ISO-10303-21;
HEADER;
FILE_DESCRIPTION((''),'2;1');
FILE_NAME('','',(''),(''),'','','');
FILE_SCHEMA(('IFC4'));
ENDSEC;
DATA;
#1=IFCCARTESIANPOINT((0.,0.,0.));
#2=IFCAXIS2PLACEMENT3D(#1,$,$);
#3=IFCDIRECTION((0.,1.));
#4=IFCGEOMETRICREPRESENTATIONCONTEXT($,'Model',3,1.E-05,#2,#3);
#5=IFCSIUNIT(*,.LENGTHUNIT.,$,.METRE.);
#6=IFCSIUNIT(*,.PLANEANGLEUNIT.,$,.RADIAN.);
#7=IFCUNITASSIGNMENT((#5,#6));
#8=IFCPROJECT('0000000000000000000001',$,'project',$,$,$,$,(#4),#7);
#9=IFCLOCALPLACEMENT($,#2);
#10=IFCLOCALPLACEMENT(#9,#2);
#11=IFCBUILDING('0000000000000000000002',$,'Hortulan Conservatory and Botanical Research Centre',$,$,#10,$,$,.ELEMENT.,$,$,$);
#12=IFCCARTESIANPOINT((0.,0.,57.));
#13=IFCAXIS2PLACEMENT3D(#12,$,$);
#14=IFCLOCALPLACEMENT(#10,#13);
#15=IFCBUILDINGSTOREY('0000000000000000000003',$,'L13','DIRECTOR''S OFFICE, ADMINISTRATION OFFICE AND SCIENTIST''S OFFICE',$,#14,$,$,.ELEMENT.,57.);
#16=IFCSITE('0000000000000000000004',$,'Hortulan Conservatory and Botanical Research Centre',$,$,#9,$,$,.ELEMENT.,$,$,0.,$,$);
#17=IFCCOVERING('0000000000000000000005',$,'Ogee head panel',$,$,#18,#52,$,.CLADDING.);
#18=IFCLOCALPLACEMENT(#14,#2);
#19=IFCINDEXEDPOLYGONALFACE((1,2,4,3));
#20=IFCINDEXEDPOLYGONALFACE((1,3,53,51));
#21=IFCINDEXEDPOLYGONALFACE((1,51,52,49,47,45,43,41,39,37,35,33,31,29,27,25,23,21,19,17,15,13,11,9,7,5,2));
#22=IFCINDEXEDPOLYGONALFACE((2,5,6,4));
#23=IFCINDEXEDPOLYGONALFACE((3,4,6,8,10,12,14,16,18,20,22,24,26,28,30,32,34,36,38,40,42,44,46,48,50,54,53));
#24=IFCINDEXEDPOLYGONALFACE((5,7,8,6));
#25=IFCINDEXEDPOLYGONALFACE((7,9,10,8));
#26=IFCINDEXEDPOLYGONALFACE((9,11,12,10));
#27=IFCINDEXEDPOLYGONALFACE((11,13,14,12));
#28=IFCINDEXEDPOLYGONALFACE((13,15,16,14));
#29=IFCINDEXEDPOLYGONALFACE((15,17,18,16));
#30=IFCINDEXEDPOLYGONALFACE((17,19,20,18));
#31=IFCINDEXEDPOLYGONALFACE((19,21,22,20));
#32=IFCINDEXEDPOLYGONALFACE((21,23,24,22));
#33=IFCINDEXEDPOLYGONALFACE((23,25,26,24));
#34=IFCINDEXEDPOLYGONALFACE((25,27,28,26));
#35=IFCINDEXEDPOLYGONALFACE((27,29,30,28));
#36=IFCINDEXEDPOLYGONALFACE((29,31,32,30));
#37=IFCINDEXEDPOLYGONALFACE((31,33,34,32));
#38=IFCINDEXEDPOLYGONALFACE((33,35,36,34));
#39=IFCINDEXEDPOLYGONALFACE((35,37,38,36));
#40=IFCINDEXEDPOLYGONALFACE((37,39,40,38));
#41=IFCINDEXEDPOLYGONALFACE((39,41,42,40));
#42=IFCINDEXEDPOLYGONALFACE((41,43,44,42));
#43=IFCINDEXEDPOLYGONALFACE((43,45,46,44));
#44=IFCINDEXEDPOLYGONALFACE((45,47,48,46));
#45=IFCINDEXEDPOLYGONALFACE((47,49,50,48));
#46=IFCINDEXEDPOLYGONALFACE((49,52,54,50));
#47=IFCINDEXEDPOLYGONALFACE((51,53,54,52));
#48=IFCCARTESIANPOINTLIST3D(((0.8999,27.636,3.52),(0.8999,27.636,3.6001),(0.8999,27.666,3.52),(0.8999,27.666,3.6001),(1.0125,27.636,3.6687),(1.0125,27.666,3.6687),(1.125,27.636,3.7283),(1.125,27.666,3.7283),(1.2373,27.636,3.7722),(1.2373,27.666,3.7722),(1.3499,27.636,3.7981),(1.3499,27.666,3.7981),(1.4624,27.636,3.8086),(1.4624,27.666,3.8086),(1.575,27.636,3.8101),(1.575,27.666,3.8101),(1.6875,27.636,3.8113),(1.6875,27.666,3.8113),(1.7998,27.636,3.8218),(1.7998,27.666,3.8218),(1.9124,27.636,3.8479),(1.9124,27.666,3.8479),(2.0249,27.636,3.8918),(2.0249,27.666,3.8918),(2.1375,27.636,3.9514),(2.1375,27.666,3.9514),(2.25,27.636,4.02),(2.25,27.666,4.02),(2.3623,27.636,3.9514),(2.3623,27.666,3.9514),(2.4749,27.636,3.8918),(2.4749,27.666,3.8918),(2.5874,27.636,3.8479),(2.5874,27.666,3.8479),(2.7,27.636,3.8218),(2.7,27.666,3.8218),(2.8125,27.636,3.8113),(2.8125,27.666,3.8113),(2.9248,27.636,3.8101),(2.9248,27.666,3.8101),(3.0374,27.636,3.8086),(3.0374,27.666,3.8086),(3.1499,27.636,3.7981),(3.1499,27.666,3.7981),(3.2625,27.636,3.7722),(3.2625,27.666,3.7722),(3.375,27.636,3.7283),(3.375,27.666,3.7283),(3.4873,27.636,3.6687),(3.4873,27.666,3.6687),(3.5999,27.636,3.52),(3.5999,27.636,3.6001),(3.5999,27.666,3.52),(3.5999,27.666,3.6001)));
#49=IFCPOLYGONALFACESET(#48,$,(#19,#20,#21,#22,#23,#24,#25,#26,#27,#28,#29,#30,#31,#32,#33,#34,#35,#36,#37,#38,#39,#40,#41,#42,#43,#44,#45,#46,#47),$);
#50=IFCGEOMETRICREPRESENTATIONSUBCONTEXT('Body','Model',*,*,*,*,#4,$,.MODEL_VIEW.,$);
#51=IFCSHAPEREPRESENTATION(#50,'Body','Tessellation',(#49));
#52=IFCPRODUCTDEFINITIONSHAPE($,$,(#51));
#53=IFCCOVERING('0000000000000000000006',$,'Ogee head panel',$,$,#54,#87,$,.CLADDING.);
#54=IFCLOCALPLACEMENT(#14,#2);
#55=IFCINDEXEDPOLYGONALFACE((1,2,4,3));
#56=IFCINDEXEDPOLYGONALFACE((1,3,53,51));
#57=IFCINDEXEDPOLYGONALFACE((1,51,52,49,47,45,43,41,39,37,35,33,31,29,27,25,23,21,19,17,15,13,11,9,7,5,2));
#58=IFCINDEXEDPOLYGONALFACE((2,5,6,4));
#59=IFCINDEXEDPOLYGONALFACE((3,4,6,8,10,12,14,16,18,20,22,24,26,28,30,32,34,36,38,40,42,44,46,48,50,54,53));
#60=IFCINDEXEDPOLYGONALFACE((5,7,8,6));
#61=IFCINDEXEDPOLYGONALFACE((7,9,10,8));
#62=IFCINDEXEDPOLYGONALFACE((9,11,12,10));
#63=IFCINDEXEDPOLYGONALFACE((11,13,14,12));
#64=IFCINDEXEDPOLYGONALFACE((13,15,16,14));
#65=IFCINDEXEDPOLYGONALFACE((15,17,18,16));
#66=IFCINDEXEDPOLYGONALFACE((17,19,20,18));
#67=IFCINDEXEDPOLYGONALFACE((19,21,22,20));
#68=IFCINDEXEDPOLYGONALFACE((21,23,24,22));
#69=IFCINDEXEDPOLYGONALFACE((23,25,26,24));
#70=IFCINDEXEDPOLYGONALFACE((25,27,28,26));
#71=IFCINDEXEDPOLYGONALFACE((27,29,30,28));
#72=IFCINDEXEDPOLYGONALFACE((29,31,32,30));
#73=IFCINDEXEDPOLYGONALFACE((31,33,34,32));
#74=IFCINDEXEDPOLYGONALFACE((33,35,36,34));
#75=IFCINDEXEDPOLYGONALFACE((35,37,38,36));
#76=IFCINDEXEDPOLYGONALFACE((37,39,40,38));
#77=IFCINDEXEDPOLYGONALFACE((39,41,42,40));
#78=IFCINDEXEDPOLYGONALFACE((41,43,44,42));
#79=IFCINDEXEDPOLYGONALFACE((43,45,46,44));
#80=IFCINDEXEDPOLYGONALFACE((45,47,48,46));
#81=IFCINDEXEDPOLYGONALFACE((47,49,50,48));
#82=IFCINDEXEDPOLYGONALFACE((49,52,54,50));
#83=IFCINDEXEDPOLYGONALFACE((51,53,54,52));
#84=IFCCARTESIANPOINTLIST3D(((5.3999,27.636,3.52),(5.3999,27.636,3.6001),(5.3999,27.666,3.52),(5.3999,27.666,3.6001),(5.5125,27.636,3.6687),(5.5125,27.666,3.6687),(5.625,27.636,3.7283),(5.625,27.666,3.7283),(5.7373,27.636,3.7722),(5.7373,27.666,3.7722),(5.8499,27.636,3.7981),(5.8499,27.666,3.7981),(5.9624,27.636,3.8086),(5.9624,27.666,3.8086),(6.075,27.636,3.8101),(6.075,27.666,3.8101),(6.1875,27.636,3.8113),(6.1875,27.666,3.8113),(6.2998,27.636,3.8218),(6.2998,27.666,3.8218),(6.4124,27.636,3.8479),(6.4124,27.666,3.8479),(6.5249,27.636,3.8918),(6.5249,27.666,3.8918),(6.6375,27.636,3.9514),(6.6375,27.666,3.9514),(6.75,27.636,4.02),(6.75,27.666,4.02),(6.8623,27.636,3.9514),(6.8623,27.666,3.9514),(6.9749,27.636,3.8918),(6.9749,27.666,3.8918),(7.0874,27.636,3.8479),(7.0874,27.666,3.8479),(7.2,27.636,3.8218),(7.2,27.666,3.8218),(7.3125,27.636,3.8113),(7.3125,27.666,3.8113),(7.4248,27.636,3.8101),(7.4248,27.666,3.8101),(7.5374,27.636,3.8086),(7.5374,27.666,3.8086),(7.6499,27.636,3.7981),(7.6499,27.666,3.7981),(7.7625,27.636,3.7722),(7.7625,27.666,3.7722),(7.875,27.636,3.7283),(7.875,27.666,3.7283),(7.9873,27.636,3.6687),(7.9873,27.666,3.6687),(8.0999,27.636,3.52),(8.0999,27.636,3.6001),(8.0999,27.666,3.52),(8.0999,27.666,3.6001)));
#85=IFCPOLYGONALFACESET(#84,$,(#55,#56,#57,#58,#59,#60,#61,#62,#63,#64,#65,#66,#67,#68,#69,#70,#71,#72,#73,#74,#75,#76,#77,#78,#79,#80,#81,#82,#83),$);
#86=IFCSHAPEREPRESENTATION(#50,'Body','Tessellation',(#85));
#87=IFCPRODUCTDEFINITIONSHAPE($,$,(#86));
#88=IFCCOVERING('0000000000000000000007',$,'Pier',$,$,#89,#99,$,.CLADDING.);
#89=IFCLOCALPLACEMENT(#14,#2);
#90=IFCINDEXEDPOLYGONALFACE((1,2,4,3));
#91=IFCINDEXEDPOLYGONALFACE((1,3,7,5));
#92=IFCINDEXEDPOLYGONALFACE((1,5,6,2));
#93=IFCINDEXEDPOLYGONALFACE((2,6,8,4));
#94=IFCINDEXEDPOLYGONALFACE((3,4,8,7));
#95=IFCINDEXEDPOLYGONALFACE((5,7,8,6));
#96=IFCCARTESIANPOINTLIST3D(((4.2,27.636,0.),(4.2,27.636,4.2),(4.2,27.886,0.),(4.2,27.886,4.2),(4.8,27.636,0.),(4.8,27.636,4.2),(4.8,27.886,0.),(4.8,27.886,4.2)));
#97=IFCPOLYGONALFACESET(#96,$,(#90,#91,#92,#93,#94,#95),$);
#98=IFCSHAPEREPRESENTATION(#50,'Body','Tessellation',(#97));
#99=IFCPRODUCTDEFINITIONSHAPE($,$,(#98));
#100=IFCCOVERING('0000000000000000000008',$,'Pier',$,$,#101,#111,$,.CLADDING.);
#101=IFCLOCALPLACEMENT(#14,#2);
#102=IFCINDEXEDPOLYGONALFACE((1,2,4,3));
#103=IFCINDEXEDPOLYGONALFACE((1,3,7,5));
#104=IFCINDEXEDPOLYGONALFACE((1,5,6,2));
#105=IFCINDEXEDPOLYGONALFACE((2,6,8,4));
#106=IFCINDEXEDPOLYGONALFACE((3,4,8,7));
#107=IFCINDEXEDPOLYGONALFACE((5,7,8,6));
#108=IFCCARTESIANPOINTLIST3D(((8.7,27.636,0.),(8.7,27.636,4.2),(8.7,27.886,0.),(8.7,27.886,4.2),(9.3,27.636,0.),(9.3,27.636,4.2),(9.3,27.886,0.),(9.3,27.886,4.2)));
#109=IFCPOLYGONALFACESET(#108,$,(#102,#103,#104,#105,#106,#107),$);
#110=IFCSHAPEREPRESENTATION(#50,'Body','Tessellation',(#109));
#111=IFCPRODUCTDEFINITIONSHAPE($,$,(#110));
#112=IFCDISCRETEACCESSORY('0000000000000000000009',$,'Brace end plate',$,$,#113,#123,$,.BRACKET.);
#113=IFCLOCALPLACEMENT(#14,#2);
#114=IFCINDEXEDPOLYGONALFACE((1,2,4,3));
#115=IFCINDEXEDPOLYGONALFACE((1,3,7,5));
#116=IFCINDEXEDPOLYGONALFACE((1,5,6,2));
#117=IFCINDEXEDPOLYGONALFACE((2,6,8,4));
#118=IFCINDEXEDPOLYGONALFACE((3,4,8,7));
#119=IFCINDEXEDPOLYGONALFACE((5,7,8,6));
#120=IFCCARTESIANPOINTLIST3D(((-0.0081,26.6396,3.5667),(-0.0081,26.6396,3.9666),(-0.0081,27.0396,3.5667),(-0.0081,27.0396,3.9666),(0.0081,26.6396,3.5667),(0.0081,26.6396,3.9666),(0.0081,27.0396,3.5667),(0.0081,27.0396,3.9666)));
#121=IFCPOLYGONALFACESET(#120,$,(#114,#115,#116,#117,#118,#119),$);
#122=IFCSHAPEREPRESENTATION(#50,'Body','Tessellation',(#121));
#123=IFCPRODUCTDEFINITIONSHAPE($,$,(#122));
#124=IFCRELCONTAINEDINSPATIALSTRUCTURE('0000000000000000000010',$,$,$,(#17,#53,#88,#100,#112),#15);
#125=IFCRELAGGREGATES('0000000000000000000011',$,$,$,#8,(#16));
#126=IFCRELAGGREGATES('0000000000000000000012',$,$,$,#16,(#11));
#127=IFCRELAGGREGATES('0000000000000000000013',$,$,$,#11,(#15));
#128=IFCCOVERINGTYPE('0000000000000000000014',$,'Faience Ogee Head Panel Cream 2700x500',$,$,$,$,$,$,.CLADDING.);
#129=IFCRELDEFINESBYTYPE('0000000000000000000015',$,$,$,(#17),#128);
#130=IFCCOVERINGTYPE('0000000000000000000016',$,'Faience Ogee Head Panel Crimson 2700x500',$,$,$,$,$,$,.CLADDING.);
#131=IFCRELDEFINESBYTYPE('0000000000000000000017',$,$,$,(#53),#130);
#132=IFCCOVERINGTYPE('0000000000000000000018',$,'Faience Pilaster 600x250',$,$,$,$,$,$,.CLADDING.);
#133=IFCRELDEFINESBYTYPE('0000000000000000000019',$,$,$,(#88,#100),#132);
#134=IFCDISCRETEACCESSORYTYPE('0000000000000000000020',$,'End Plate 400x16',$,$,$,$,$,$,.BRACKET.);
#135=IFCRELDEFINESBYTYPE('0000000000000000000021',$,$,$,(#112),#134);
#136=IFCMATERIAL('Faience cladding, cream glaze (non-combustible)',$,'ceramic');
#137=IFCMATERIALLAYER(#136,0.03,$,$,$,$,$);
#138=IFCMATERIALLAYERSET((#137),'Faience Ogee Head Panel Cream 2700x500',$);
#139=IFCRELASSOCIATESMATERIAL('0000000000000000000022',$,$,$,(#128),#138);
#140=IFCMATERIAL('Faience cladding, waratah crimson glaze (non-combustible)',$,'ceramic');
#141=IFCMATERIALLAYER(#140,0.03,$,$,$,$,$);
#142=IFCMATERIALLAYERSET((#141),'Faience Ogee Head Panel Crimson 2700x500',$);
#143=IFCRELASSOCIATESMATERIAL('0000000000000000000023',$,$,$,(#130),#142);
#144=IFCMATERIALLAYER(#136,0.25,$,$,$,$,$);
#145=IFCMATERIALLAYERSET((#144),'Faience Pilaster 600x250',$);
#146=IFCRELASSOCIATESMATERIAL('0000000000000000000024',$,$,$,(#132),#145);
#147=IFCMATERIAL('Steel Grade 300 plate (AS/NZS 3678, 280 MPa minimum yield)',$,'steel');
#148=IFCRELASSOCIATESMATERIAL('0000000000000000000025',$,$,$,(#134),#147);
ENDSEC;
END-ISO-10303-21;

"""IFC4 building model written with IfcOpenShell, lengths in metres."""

from ifc_helpers import new_model, si_unit, direction, frame, origin, origin_2d, place, context, subcontext, project, spatial, polyline, rectangle, outline, extrude, material, layer, layer_set, type_object, element, save


model = new_model("IFC4")

# Units and contexts
model_context = context("Model", 3, precision=1e-05, world=origin(), true_north=direction((0.0, 1.0)))
body_context = subcontext(model_context, "Body", "Model", "MODEL_VIEW")
ifc_project = project(units=[si_unit("LENGTHUNIT", "METRE"), si_unit("PLANEANGLEUNIT", "RADIAN")], contexts=[model_context])

# Site, building, storey
site_placement = place(None, origin())
site = spatial("IfcSite", under=ifc_project, at=site_placement, Name="Hortulan Conservatory and Botanical Research Centre", CompositionType="ELEMENT", RefElevation=0.0)
building_placement = place(site_placement, origin())
building = spatial("IfcBuilding", under=site, at=building_placement, Name="Hortulan Conservatory and Botanical Research Centre", CompositionType="ELEMENT")
storey_placement = place(building_placement, frame((0.0, 0.0, 57.0)))
storey = spatial("IfcBuildingStorey", under=building, at=storey_placement, Name="L13", Description="DIRECTOR'S OFFICE, ADMINISTRATION OFFICE AND SCIENTIST'S OFFICE", CompositionType="ELEMENT", Elevation=57.0)

# Coverings
ifc_material_1 = material(Name="Faience cladding, cream glaze (non-combustible)", Category="ceramic")
ifc_layer_1 = layer(ifc_material_1, 0.03)
ifc_layer_set_1 = layer_set([ifc_layer_1], Name="Faience Ogee Head Panel Cream 2700x500")
covering_type_1 = type_object("IfcCoveringType", Name="Faience Ogee Head Panel Cream 2700x500", PredefinedType="CLADDING", material=ifc_layer_set_1)
covering_1_placement = place(storey_placement, frame((0.8999, 27.6509, 3.52), z_axis=(0.0, 0.0, 1.0), x_axis=(1.0, 0.0, 0.0)))
element("IfcCovering", 1, at=covering_1_placement, inside=storey, type_object=covering_type_1, Name="Ogee head panel", PredefinedType="CLADDING", context=body_context, shape_type="SweptSolid", body=[
    extrude(outline(polyline([(0.0, 0.0), (2.7, 0.0), (2.7, 0.0801), (2.5874, 0.1487), (2.4751, 0.2083), (2.3625, 0.2522), (2.25, 0.2781), (2.1375, 0.2886), (2.0249, 0.29), (1.9126, 0.2913), (1.8, 0.3018), (1.6875, 0.3279), (1.575, 0.3718), (1.4624, 0.4314), (1.3501, 0.5), (1.2375, 0.4314), (1.125, 0.3718), (1.0125, 0.3279), (0.8999, 0.3018), (0.7876, 0.2913), (0.675, 0.29), (0.5625, 0.2886), (0.45, 0.2781), (0.3374, 0.2522), (0.2251, 0.2083), (0.1125, 0.1487), (0.0, 0.0801), (0.0, 0.0)])), frame((0.0, 0.0151, 0.0), z_axis=(0.0, -1.0, 0.0), x_axis=(1.0, 0.0, 0.0)), (0.0, 0.0, 1.0), 0.03),
])
ifc_material_2 = material(Name="Faience cladding, waratah crimson glaze (non-combustible)", Category="ceramic")
ifc_layer_2 = layer(ifc_material_2, 0.03)
ifc_layer_set_2 = layer_set([ifc_layer_2], Name="Faience Ogee Head Panel Crimson 2700x500")
covering_type_2 = type_object("IfcCoveringType", Name="Faience Ogee Head Panel Crimson 2700x500", PredefinedType="CLADDING", material=ifc_layer_set_2)
covering_2_placement = place(storey_placement, frame((5.3999, 27.6509, 3.52), z_axis=(0.0, 0.0, 1.0), x_axis=(1.0, 0.0, 0.0)))
element("IfcCovering", 2, at=covering_2_placement, inside=storey, type_object=covering_type_2, Name="Ogee head panel", PredefinedType="CLADDING", context=body_context, shape_type="SweptSolid", body=[
    extrude(outline(polyline([(0.0, 0.0), (2.7, 0.0), (2.7, 0.0801), (2.5874, 0.1487), (2.4751, 0.2083), (2.3625, 0.2522), (2.25, 0.2781), (2.1375, 0.2886), (2.0249, 0.29), (1.9126, 0.2913), (1.8, 0.3018), (1.6875, 0.3279), (1.575, 0.3718), (1.4624, 0.4314), (1.3501, 0.5), (1.2375, 0.4314), (1.125, 0.3718), (1.0125, 0.3279), (0.8999, 0.3018), (0.7876, 0.2913), (0.675, 0.29), (0.5625, 0.2886), (0.45, 0.2781), (0.3374, 0.2522), (0.2251, 0.2083), (0.1125, 0.1487), (0.0, 0.0801), (0.0, 0.0)])), frame((0.0, 0.0151, 0.0), z_axis=(0.0, -1.0, 0.0), x_axis=(1.0, 0.0, 0.0)), (0.0, 0.0, 1.0), 0.03),
])
ifc_layer_3 = layer(ifc_material_1, 0.25)
ifc_layer_set_3 = layer_set([ifc_layer_3], Name="Faience Pilaster 600x250")
covering_type_3 = type_object("IfcCoveringType", Name="Faience Pilaster 600x250", PredefinedType="CLADDING", material=ifc_layer_set_3)
for number, where, z_axis, x_axis, name in (
    (3, (4.5, 27.761, 0.0), (0.0, 0.0, 1.0), (1.0, 0.0, 0.0), "Pier"),
    (4, (9.0, 27.761, 0.0), (0.0, 0.0, 1.0), (1.0, 0.0, 0.0), "Pier"),
):
    element("IfcCovering", number, at=place(storey_placement, frame(where, z_axis=z_axis, x_axis=x_axis)), inside=storey, type_object=covering_type_3, Name=name, PredefinedType="CLADDING", context=body_context, shape_type="SweptSolid", body=[
        extrude(rectangle(XDim=0.6001, YDim=0.25, at=origin_2d()), origin(), (0.0, 0.0, 1.0), 4.2),
    ])

# Discrete accessory
ifc_material_3 = material(Name="Steel Grade 300 plate (AS/NZS 3678, 280 MPa minimum yield)", Category="steel")
discrete_accessory_type = type_object("IfcDiscreteAccessoryType", Name="End Plate 400x16", PredefinedType="BRACKET", material=ifc_material_3)
discrete_accessory_placement = place(storey_placement, frame((0.0, 26.8396, 3.5667), z_axis=(0.0, 0.0, 1.0), x_axis=(0.0, -1.0, 0.0)))
element("IfcDiscreteAccessory", 5, at=discrete_accessory_placement, inside=storey, type_object=discrete_accessory_type, Name="Brace end plate", PredefinedType="BRACKET", context=body_context, shape_type="SweptSolid", body=[
    extrude(rectangle(XDim=0.3999, YDim=0.0161, at=origin_2d()), origin(), (0.0, 0.0, 1.0), 0.3999),
])

save(model, "model.ifc")
